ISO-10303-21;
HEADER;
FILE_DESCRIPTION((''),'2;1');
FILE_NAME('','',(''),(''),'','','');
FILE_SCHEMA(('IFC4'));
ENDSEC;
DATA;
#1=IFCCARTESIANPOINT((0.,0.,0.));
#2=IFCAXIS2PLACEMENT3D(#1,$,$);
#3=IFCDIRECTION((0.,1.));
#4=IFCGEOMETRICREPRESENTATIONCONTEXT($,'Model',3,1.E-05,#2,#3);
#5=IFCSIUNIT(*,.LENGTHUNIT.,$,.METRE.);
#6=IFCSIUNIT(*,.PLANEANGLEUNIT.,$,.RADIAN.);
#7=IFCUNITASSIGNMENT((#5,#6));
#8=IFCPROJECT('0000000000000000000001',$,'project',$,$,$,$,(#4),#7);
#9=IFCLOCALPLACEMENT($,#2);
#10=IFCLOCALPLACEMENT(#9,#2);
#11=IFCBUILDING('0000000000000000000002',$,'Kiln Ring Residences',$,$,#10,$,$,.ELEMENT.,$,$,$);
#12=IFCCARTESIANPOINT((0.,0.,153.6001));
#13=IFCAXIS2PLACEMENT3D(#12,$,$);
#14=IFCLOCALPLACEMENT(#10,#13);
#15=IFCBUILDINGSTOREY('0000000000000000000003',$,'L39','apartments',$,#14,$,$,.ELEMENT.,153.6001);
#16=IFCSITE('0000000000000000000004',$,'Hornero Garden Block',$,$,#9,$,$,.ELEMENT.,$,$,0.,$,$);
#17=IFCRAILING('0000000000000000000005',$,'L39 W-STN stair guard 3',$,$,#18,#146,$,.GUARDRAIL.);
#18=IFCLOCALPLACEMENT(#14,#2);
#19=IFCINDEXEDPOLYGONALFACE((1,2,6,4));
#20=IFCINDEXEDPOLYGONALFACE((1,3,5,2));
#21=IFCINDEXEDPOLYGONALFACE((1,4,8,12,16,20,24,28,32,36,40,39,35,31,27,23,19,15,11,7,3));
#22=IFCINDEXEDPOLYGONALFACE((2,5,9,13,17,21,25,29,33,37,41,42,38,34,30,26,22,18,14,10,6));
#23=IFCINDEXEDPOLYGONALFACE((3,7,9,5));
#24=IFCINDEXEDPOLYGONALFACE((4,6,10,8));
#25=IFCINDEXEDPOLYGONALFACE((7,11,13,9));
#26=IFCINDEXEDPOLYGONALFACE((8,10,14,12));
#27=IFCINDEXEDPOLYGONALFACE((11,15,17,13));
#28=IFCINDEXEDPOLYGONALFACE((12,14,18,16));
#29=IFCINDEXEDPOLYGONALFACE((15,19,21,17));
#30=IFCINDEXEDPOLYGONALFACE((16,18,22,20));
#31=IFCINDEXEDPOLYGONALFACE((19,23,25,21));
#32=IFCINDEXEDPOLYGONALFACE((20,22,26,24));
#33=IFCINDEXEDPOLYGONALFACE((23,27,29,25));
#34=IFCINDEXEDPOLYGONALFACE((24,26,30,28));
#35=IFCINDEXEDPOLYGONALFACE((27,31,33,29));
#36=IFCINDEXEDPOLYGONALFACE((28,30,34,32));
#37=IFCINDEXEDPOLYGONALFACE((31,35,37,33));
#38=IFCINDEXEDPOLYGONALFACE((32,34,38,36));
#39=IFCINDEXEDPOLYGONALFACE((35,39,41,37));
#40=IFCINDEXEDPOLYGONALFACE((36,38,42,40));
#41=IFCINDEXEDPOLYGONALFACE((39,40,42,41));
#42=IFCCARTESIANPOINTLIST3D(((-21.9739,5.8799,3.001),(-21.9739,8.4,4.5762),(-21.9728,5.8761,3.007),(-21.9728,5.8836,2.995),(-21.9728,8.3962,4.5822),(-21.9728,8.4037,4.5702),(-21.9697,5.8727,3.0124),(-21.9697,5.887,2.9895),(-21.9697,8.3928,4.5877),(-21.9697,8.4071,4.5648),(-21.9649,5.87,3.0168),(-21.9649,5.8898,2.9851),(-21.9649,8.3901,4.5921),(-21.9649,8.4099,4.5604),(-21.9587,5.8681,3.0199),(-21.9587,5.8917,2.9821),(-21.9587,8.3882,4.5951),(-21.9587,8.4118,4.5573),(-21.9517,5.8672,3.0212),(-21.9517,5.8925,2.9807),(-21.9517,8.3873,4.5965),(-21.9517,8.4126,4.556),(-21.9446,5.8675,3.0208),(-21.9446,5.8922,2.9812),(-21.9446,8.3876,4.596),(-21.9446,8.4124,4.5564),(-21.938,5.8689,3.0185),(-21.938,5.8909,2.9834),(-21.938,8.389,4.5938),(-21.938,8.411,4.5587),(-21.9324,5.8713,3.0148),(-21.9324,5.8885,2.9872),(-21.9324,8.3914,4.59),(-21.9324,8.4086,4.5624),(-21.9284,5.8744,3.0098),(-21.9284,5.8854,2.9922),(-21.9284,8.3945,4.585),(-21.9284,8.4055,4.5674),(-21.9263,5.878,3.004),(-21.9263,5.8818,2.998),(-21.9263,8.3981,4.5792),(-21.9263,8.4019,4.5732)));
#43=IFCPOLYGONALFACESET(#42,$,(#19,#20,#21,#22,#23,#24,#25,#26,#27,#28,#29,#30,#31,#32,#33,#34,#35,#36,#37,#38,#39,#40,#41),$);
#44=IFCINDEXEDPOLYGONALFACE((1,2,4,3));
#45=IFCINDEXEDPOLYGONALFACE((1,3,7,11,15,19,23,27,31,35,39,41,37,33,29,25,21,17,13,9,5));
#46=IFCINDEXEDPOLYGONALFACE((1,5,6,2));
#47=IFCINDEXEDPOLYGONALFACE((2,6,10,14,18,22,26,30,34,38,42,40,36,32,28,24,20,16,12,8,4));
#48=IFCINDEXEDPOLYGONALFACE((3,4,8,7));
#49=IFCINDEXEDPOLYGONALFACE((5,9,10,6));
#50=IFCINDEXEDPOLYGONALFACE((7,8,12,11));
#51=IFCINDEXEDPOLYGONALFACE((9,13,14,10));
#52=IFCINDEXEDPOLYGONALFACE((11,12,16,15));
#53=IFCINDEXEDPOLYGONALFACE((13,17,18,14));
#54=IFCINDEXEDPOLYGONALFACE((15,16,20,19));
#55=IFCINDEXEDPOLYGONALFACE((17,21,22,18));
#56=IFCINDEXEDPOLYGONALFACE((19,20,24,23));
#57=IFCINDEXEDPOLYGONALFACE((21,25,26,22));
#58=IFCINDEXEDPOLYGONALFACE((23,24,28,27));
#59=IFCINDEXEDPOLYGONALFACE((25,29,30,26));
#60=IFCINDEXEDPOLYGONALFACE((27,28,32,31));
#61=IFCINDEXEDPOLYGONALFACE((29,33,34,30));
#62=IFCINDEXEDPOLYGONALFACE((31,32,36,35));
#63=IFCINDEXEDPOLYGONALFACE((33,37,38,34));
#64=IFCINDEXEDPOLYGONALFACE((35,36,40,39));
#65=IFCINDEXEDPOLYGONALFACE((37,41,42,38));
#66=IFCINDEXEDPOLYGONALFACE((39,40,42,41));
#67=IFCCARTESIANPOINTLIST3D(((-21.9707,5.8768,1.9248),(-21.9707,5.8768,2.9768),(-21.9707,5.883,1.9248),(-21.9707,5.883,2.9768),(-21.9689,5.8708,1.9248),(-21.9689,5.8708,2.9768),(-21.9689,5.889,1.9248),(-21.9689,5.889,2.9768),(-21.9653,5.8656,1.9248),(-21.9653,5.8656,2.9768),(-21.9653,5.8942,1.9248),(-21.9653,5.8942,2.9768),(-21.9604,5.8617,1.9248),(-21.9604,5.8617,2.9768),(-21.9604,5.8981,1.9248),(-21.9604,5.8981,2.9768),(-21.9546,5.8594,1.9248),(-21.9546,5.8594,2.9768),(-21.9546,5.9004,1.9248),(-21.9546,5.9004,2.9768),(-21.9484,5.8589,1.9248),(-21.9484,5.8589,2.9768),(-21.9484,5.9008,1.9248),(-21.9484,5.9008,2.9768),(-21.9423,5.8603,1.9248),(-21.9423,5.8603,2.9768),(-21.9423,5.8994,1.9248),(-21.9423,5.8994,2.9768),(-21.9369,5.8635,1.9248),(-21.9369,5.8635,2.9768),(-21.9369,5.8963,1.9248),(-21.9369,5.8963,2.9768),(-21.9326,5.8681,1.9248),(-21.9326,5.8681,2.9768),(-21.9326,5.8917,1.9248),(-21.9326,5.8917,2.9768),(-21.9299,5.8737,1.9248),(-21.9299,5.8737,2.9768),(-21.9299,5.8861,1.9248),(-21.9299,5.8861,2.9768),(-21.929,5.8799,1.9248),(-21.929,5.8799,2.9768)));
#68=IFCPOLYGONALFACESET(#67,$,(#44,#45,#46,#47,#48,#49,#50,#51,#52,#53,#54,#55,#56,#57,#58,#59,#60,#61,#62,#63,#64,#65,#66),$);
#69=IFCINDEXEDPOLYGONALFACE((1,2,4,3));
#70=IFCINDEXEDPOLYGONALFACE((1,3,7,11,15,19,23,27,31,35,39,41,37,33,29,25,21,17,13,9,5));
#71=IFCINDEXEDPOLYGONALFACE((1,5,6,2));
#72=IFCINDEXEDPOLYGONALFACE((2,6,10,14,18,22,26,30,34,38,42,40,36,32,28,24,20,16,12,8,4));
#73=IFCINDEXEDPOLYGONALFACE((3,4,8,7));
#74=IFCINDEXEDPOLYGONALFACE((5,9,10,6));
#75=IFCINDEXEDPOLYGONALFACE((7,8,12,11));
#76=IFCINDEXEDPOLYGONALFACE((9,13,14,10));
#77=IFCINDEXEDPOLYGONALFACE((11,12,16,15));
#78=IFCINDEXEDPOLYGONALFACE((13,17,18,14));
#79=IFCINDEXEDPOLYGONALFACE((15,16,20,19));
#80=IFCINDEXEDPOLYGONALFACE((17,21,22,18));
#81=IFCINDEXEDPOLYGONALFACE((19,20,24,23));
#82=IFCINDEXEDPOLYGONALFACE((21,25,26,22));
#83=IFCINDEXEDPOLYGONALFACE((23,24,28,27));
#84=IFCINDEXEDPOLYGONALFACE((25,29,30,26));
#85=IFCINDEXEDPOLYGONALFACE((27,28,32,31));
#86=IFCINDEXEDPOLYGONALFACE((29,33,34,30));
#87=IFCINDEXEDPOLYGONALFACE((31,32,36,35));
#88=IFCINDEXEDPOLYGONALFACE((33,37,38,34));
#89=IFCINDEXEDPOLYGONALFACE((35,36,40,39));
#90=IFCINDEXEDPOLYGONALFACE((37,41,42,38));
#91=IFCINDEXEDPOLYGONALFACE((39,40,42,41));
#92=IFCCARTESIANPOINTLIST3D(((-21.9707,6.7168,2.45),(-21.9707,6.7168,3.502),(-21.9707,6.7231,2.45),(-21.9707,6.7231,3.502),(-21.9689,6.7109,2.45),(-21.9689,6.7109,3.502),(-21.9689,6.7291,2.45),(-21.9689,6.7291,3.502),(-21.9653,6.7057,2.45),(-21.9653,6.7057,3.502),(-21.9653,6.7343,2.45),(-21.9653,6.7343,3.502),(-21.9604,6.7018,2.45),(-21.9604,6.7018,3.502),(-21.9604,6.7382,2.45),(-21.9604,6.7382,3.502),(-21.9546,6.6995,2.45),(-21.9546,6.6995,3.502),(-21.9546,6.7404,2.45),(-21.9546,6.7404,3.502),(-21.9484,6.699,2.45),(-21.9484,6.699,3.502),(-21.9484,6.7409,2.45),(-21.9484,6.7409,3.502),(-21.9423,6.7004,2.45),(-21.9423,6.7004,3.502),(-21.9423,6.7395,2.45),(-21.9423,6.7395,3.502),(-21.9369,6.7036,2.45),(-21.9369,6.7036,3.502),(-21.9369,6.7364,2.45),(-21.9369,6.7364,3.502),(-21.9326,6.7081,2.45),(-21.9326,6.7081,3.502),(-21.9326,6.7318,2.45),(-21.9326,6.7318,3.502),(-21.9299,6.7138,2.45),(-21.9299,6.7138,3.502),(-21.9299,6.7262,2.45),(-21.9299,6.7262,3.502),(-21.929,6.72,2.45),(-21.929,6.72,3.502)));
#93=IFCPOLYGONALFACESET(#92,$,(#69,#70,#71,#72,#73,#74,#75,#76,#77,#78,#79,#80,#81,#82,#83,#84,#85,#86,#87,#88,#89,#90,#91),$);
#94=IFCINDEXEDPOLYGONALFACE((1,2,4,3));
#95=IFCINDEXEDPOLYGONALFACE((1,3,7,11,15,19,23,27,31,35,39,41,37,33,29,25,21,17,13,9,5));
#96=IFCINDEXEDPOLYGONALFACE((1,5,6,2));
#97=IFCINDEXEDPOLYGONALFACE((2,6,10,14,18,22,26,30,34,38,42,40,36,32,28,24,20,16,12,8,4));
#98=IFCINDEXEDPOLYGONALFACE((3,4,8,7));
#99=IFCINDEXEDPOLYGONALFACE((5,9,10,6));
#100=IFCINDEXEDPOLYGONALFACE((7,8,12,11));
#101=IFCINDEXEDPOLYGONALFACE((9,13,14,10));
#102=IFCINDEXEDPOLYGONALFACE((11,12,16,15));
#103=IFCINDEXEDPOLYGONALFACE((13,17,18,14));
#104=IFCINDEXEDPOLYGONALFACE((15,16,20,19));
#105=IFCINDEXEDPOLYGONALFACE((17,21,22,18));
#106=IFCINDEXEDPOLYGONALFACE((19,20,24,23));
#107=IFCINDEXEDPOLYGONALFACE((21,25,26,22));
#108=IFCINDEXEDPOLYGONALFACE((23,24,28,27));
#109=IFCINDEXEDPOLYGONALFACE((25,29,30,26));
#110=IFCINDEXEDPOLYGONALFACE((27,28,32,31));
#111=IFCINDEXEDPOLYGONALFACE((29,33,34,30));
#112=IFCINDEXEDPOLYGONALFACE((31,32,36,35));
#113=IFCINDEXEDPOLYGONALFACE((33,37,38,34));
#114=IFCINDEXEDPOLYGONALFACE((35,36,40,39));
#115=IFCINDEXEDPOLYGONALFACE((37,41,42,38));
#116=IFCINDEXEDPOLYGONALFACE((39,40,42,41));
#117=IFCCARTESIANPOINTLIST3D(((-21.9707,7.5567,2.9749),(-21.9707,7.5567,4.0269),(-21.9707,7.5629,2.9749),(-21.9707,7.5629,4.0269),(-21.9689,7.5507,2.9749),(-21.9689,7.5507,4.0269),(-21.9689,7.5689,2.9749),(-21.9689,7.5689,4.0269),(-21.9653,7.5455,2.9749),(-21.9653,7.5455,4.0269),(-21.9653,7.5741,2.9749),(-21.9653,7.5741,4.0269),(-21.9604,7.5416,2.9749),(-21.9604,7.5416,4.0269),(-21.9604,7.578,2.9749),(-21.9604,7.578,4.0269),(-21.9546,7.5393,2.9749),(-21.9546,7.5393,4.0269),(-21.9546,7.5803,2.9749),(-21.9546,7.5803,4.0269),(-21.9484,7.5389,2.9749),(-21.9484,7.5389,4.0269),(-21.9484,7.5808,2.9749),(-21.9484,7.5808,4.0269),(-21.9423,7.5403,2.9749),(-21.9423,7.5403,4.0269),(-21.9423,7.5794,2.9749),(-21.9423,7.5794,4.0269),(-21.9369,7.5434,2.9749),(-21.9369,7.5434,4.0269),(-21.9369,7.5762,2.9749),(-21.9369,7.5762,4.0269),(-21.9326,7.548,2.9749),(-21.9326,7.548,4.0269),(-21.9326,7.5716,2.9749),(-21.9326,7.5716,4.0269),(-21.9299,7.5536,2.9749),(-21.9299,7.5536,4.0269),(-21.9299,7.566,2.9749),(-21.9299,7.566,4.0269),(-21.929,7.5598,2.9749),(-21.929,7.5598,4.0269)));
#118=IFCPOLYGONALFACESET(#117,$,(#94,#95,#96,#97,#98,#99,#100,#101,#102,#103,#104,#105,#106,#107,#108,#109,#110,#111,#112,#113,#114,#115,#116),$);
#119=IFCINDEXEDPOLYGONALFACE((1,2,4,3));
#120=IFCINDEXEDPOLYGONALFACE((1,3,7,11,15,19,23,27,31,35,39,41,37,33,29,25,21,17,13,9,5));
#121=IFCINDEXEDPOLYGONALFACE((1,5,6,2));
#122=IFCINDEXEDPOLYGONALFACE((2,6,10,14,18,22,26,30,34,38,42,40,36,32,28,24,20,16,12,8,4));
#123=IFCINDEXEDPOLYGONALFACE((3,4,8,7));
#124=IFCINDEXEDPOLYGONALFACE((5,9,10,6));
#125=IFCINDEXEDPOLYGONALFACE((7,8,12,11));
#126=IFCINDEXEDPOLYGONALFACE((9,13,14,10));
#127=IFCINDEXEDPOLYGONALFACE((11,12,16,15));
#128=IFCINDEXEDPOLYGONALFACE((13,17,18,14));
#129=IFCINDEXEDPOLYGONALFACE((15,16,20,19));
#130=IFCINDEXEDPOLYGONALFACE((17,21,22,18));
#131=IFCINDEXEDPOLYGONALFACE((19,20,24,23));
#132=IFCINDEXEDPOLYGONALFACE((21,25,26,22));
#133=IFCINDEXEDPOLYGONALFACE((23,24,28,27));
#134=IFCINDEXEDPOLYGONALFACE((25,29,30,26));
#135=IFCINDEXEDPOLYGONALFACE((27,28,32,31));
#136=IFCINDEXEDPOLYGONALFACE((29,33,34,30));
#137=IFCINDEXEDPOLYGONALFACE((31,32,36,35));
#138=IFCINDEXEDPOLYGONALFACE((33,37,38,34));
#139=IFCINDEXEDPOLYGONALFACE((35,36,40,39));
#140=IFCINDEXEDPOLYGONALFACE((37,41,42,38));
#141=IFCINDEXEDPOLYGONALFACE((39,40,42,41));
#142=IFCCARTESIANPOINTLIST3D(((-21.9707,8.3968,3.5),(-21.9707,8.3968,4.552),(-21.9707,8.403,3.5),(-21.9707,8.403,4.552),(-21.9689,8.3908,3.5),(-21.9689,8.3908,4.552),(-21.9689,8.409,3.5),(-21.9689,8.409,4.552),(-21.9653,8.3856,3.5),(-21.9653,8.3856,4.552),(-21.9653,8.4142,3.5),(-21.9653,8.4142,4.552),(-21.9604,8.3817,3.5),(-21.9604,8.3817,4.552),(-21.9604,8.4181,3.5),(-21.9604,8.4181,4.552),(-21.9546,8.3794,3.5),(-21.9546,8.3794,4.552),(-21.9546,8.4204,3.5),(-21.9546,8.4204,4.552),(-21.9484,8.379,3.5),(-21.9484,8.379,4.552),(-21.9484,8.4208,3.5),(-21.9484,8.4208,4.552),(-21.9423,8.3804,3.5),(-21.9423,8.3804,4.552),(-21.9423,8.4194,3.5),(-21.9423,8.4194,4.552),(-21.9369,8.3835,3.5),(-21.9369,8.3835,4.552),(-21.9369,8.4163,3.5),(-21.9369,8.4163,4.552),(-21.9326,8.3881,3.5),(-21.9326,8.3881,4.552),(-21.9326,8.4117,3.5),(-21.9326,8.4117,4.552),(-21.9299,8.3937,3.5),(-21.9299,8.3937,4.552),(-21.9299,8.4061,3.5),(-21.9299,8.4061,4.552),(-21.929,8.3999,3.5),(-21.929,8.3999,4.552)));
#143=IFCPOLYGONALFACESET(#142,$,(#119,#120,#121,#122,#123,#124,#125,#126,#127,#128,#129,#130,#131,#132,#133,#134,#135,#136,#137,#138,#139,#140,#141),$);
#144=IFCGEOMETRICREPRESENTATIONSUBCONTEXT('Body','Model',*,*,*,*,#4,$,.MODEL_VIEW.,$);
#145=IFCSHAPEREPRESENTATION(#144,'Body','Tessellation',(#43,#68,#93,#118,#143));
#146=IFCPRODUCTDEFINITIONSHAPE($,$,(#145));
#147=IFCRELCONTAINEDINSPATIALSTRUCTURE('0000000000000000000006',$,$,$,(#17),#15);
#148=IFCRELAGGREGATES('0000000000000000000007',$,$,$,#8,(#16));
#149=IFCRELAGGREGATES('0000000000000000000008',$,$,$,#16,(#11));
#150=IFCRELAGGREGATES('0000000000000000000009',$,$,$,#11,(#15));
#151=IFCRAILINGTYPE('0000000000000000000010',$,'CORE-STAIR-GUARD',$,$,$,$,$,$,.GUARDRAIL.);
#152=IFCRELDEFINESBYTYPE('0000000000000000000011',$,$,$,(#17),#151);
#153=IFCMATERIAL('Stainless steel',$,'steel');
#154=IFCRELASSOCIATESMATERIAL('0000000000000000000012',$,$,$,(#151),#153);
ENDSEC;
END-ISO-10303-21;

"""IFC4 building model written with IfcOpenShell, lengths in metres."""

from ifc_helpers import new_model, si_unit, direction, frame, origin, origin_2d, place, context, subcontext, project, spatial, circle, extrude, material, type_object, element, save


model = new_model("IFC4")

# Units and contexts
model_context = context("Model", 3, precision=1e-05, world=origin(), true_north=direction((0.0, 1.0)))
body_context = subcontext(model_context, "Body", "Model", "MODEL_VIEW")
ifc_project = project(units=[si_unit("LENGTHUNIT", "METRE"), si_unit("PLANEANGLEUNIT", "RADIAN")], contexts=[model_context])

# Site, building, storey
site_placement = place(None, origin())
site = spatial("IfcSite", under=ifc_project, at=site_placement, Name="Hornero Garden Block", CompositionType="ELEMENT", RefElevation=0.0)
building_placement = place(site_placement, origin())
building = spatial("IfcBuilding", under=site, at=building_placement, Name="Kiln Ring Residences", CompositionType="ELEMENT")
storey_placement = place(building_placement, frame((0.0, 0.0, 153.6001)))
storey = spatial("IfcBuildingStorey", under=building, at=storey_placement, Name="L39", Description="apartments", CompositionType="ELEMENT", Elevation=153.6001)

# Railing
ifc_material_1 = material(Name="Stainless steel", Category="steel")
railing_type_1 = type_object("IfcRailingType", Name="CORE-STAIR-GUARD", PredefinedType="GUARDRAIL", material=ifc_material_1)
railing_1_placement = place(storey_placement, frame((-21.95, 5.8799, 1.9248)))
element("IfcRailing", 1, at=railing_1_placement, inside=storey, type_object=railing_type_1, Name="L39 W-STN stair guard 3", PredefinedType="GUARDRAIL", context=body_context, shape_type="SweptSolid", body=[
    extrude(circle(Radius=0.0239, at=origin_2d()), frame((0.0, 0.0, 1.0762), z_axis=(0.0, 0.847971, 0.530043), x_axis=(-1.0, 0.0, 0.0)), (0.0, 0.0, 1.0), 2.9719),
    extrude(circle(Radius=0.021, at=origin_2d()), origin(), (0.0, 0.0, 1.0), 1.052),
    extrude(circle(Radius=0.021, at=origin_2d()), frame((0.0, 0.8401, 0.5251)), (0.0, 0.0, 1.0), 1.052),
    extrude(circle(Radius=0.021, at=origin_2d()), frame((0.0, 1.6799, 1.05)), (0.0, 0.0, 1.0), 1.052),
    extrude(circle(Radius=0.021, at=origin_2d()), frame((0.0, 2.52, 1.5752)), (0.0, 0.0, 1.0), 1.052),
])

save(model, "model.ifc")
